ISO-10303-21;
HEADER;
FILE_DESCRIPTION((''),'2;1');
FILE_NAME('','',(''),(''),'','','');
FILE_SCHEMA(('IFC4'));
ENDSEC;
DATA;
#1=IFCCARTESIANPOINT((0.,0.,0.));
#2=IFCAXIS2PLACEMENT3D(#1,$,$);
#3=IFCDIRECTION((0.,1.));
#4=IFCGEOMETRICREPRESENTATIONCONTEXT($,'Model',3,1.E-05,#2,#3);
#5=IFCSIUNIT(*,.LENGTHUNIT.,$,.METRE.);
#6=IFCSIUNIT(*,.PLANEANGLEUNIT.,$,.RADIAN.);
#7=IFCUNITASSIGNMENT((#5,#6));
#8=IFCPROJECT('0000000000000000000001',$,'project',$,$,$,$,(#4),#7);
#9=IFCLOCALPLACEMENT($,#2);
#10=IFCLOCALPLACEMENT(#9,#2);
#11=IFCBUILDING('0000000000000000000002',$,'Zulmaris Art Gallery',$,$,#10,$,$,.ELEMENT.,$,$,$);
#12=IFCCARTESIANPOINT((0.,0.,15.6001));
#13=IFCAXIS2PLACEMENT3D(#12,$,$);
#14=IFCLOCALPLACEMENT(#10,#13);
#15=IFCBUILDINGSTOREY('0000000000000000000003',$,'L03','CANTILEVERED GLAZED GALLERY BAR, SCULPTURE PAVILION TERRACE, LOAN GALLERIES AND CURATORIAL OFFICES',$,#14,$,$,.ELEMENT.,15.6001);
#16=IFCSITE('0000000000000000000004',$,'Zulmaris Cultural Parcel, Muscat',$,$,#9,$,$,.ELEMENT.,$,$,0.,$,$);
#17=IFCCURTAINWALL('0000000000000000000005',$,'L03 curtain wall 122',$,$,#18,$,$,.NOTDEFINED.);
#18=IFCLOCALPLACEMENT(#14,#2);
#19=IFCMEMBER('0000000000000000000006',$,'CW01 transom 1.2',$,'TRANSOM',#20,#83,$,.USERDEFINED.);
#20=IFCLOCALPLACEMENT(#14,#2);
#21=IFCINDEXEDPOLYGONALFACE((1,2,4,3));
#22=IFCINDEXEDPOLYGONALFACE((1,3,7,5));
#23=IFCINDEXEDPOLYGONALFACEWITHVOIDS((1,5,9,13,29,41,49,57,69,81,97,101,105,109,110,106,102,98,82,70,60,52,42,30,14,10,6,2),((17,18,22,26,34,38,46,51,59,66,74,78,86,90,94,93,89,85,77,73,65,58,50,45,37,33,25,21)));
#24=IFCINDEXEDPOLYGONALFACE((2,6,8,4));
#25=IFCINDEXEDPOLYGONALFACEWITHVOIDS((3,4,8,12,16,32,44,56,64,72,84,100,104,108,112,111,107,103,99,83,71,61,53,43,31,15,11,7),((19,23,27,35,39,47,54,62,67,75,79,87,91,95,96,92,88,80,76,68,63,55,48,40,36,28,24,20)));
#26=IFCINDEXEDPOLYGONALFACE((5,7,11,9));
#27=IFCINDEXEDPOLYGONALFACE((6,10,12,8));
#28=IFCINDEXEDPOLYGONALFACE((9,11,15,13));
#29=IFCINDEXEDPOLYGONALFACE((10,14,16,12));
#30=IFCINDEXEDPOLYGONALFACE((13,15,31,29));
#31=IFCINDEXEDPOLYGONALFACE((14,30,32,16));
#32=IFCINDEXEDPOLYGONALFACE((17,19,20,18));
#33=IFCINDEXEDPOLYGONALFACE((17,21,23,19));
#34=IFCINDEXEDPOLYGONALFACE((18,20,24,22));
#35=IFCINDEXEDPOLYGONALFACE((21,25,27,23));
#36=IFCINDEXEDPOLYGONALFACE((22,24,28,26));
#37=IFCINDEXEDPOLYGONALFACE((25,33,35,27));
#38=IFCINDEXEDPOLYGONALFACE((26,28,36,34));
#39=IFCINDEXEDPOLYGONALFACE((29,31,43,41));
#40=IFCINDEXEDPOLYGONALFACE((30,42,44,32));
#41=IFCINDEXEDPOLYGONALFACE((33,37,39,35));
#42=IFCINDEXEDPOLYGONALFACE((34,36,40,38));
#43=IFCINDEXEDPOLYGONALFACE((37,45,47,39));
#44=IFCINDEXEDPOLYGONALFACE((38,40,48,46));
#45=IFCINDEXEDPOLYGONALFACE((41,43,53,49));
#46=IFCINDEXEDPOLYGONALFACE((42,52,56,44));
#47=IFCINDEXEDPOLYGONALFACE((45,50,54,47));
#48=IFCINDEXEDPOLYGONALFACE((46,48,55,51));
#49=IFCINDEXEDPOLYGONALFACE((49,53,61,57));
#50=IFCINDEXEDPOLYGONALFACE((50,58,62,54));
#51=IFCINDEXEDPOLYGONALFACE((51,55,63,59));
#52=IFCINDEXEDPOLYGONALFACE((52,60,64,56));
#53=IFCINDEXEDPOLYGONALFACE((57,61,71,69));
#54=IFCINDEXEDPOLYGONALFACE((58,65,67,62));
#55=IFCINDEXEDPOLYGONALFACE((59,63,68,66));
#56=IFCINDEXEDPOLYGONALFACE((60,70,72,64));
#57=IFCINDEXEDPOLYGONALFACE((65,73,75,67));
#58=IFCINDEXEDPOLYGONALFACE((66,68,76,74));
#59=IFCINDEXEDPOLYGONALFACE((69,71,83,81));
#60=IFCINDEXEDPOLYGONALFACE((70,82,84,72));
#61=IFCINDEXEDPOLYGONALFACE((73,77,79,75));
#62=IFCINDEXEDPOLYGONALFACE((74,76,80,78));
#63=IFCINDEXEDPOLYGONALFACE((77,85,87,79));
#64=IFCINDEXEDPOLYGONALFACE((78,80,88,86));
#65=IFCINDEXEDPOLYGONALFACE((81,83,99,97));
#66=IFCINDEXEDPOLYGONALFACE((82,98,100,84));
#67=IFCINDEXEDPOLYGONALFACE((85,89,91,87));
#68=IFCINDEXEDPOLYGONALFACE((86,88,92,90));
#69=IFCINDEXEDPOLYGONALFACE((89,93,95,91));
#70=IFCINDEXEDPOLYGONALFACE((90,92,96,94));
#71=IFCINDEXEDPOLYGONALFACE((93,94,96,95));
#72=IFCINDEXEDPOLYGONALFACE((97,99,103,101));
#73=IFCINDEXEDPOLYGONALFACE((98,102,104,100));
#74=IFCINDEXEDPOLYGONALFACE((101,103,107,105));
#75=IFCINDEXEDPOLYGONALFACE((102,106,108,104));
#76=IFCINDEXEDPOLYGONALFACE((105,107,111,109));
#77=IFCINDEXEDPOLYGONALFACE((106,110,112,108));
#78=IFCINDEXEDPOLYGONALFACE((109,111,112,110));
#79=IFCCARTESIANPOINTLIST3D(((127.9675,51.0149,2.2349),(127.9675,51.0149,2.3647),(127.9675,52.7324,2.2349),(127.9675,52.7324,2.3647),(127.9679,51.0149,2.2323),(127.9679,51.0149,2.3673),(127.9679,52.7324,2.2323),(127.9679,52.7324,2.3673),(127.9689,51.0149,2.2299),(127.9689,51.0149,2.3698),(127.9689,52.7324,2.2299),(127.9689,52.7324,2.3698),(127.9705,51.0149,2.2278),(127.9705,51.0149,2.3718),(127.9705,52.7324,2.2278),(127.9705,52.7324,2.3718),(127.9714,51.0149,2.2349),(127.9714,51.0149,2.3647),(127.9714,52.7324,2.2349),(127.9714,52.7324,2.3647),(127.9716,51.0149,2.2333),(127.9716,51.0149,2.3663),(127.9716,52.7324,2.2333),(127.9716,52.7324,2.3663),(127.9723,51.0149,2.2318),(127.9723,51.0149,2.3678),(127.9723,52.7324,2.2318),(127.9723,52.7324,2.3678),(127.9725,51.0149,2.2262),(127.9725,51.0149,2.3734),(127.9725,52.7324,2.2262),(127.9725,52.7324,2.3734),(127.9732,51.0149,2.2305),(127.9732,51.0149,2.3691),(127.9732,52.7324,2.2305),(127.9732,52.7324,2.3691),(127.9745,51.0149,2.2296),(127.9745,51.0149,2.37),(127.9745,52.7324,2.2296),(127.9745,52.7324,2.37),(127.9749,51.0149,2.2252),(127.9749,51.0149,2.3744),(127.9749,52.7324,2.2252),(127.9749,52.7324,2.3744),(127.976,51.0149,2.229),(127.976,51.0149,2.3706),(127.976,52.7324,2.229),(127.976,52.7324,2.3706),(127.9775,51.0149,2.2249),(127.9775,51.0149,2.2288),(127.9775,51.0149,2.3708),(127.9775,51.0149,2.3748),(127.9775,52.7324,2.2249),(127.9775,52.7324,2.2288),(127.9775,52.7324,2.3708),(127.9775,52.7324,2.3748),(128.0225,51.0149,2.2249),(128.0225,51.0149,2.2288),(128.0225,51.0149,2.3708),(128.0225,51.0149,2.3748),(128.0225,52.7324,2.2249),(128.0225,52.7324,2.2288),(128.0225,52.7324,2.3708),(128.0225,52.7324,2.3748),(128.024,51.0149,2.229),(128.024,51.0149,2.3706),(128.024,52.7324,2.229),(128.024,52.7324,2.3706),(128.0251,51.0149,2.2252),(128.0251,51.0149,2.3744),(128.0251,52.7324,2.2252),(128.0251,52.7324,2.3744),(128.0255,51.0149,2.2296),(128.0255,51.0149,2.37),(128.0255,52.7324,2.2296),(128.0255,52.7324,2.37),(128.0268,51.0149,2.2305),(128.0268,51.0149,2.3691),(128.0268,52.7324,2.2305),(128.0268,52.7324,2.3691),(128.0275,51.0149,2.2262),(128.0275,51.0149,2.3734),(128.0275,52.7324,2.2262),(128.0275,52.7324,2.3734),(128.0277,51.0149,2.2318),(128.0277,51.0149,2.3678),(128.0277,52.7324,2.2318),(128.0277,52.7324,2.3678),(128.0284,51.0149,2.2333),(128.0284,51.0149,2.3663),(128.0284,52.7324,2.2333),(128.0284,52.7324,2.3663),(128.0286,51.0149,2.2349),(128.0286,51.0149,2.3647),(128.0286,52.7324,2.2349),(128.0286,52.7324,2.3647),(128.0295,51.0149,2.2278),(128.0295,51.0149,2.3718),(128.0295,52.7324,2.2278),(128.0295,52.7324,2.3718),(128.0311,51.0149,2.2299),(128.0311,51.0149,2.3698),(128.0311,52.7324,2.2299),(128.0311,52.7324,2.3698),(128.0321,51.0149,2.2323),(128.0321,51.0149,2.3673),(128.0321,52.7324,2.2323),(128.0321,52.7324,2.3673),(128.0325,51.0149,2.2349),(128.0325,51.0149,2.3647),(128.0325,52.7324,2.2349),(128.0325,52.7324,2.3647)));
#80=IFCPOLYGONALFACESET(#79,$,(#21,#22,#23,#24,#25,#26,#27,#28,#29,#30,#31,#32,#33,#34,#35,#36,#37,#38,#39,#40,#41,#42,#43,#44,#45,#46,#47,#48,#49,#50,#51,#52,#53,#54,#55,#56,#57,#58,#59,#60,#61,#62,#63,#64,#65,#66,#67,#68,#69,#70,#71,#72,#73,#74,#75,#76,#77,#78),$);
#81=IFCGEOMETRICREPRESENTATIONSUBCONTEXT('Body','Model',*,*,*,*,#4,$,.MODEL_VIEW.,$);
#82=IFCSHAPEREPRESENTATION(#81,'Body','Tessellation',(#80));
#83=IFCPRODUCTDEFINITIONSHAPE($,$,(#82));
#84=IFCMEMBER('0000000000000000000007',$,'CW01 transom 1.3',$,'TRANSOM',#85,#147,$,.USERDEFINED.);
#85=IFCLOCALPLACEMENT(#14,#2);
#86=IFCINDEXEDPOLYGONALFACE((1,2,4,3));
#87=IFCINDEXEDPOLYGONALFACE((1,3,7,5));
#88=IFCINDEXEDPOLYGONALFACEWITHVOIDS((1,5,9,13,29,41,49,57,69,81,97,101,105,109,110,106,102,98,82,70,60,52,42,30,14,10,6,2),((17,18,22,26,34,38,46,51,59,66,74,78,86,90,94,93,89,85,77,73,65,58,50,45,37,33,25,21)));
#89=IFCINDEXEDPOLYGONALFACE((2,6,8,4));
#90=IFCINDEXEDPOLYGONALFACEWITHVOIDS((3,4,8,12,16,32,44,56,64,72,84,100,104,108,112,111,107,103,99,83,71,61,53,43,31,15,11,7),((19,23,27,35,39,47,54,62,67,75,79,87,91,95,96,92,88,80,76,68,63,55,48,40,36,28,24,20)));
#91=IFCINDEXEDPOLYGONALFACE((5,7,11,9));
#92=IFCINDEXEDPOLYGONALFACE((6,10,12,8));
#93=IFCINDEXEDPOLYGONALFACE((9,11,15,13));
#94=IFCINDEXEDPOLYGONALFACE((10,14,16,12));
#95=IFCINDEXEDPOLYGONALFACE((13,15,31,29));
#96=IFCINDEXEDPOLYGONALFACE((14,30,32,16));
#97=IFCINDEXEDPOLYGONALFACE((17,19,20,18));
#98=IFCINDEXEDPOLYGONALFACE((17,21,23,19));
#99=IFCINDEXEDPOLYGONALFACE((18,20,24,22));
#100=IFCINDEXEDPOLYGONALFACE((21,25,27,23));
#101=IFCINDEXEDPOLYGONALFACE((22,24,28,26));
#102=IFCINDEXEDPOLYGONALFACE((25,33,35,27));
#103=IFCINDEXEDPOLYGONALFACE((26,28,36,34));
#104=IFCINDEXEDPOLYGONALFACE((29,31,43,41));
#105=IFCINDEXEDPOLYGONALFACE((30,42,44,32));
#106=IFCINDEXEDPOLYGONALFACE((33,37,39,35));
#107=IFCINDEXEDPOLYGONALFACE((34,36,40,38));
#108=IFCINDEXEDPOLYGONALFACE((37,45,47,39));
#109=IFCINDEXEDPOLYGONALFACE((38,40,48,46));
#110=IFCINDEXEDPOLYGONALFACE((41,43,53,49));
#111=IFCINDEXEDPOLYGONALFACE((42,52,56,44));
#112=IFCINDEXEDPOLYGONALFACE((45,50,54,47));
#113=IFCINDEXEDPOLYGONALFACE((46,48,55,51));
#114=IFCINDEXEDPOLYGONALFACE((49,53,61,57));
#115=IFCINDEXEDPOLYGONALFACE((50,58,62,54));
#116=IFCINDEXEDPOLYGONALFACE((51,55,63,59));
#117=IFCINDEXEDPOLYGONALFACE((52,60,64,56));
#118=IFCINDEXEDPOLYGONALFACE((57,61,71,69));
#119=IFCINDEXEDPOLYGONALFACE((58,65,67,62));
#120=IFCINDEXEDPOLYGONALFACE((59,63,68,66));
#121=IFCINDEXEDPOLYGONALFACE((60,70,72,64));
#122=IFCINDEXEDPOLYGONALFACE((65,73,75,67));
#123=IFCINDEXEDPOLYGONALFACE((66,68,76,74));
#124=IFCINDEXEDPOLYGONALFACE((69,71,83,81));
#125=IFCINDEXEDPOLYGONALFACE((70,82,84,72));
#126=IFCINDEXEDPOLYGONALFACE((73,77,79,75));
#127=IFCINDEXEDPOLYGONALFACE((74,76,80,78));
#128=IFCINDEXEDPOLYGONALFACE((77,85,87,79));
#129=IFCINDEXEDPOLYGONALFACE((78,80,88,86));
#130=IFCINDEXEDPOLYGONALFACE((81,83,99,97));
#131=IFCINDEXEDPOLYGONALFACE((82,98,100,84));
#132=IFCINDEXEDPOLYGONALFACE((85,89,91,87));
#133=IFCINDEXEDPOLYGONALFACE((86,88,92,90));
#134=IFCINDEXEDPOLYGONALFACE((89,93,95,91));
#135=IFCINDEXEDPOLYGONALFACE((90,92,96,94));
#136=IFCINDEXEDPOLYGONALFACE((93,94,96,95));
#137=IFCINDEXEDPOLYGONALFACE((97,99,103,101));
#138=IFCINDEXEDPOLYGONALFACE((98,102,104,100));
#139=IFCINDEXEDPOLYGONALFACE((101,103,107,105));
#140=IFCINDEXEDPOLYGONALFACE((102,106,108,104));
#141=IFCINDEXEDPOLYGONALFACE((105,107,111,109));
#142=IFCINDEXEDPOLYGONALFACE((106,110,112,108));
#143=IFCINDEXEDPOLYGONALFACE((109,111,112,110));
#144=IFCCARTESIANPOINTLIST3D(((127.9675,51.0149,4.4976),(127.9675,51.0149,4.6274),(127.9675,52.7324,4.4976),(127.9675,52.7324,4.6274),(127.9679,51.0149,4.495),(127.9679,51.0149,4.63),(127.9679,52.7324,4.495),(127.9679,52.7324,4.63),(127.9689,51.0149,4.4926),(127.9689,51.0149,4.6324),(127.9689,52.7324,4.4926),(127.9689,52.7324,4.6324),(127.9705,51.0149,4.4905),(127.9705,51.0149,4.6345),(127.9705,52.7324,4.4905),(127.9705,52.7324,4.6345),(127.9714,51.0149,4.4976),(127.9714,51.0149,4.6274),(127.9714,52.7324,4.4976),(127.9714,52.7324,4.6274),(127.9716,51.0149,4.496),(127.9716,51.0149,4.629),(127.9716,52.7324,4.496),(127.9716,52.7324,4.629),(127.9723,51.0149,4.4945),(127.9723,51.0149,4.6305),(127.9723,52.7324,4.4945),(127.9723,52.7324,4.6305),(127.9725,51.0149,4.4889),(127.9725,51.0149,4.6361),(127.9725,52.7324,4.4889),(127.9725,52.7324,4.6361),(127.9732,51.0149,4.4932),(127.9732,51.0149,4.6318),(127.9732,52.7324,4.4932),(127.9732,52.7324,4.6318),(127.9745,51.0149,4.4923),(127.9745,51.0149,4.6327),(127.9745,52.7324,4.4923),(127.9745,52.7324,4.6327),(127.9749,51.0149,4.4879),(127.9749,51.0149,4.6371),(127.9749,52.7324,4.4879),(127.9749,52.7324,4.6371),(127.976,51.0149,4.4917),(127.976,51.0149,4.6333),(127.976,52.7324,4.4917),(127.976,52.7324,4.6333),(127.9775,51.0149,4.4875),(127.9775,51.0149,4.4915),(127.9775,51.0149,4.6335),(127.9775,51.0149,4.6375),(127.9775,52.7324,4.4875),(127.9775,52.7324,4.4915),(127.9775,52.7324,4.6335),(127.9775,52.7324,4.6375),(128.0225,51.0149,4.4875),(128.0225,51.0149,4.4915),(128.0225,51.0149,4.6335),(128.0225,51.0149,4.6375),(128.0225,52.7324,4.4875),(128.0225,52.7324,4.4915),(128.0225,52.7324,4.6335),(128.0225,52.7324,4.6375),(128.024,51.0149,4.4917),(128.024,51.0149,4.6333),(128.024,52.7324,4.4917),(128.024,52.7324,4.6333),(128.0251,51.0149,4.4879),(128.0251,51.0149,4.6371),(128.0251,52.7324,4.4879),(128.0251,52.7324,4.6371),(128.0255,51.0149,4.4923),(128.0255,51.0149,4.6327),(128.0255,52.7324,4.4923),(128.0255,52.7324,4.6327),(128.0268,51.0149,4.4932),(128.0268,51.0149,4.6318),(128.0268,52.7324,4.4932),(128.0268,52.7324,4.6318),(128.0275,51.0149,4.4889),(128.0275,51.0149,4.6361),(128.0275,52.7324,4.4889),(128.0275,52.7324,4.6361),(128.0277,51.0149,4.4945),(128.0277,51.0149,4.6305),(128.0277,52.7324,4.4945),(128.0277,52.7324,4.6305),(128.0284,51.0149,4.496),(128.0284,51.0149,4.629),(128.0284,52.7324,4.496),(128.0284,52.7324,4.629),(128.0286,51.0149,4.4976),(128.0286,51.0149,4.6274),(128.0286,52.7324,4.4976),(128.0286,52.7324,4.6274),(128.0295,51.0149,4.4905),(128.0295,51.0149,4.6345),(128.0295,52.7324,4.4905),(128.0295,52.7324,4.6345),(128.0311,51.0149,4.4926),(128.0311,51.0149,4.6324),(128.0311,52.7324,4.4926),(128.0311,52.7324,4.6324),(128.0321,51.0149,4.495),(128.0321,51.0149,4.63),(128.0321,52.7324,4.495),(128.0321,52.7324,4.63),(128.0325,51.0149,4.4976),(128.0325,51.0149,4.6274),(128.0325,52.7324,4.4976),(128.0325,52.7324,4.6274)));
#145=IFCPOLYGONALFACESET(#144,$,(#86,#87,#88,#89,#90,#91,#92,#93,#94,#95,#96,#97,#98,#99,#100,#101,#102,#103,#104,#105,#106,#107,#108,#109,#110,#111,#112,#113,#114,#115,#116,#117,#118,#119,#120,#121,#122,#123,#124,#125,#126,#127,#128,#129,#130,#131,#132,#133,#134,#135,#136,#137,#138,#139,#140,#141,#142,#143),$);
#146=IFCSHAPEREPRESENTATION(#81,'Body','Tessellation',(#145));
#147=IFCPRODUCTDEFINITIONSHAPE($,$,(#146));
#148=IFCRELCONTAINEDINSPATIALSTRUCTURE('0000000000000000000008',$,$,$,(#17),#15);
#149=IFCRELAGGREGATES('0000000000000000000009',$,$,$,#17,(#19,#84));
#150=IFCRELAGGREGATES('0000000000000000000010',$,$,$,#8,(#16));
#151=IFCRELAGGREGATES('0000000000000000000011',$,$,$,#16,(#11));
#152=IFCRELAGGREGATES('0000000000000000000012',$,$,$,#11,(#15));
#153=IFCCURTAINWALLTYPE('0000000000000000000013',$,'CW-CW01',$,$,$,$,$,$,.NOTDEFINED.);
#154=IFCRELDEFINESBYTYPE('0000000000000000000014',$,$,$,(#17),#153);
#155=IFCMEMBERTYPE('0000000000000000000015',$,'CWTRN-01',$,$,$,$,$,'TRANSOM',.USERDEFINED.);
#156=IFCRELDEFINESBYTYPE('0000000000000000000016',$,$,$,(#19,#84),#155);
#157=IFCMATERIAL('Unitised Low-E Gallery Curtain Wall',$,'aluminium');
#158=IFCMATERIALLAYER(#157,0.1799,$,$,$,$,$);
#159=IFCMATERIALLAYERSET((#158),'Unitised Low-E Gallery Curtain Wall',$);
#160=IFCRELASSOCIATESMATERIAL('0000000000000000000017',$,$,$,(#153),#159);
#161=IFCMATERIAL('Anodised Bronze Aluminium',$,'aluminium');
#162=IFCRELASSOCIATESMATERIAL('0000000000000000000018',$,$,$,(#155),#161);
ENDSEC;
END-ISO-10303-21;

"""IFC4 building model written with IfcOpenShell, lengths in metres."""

from ifc_helpers import new_model, si_unit, direction, frame, origin, origin_2d, place, context, subcontext, project, spatial, hollow_rectangle, extrude, material, layer, layer_set, material_profile, profile_set, type_object, element, aggregate, save


model = new_model("IFC4")

# Units and contexts
model_context = context("Model", 3, precision=1e-05, world=origin(), true_north=direction((0.0, 1.0)))
body_context = subcontext(model_context, "Body", "Model", "MODEL_VIEW")
ifc_project = project(units=[si_unit("LENGTHUNIT", "METRE"), si_unit("PLANEANGLEUNIT", "RADIAN")], contexts=[model_context])

# Site, building, storey
site_placement = place(None, origin())
site = spatial("IfcSite", under=ifc_project, at=site_placement, Name="Zulmaris Cultural Parcel, Muscat", CompositionType="ELEMENT", RefElevation=0.0)
building_placement = place(site_placement, origin())
building = spatial("IfcBuilding", under=site, at=building_placement, Name="Zulmaris Art Gallery", CompositionType="ELEMENT")
storey_placement = place(building_placement, frame((0.0, 0.0, 15.6001)))
storey = spatial("IfcBuildingStorey", under=building, at=storey_placement, Name="L03", Description="CANTILEVERED GLAZED GALLERY BAR, SCULPTURE PAVILION TERRACE, LOAN GALLERIES AND CURATORIAL OFFICES", CompositionType="ELEMENT", Elevation=15.6001)

# Curtain wall, members
ifc_material_1 = material(Name="Unitised Low-E Gallery Curtain Wall", Category="aluminium")
ifc_layer_1 = layer(ifc_material_1, 0.1799)
ifc_layer_set_1 = layer_set([ifc_layer_1], Name="Unitised Low-E Gallery Curtain Wall")
curtain_wall_type = type_object("IfcCurtainWallType", Name="CW-CW01", PredefinedType="NOTDEFINED", material=ifc_layer_set_1)
curtain_wall_placement = place(storey_placement, origin())
curtain_wall = element("IfcCurtainWall", 1, at=curtain_wall_placement, inside=storey, type_object=curtain_wall_type, Name="L03 curtain wall 122", PredefinedType="NOTDEFINED")
ifc_material_2 = material(Name="Anodised Bronze Aluminium", Category="aluminium")
ifc_material_profile_1 = material_profile(ifc_material_2, hollow_rectangle(XDim=0.0649, YDim=0.1499, WallThickness=0.0039, InnerFilletRadius=0.0061, OuterFilletRadius=0.01, at=origin_2d()), Name="ALU 65x150x4")
ifc_profile_set_1 = profile_set([ifc_material_profile_1], Name="Anodised Bronze Aluminium")
member_type_1 = type_object("IfcMemberType", Name="CWTRN-01", ElementType="TRANSOM", PredefinedType="USERDEFINED", material=ifc_profile_set_1)
member_1_placement = place(storey_placement, frame((128.0, 51.0149, 2.2998), z_axis=(0.0, 1.0, 0.0), x_axis=(-1.0, 0.0, 0.0)))
member_1 = element("IfcMember", 2, at=member_1_placement, type_object=member_type_1, Name="CW01 transom 1.2", ObjectType="TRANSOM", PredefinedType="USERDEFINED", context=body_context, shape_type="SweptSolid", body=[
    extrude(hollow_rectangle(XDim=0.0649, YDim=0.1499, WallThickness=0.0039, InnerFilletRadius=0.0061, OuterFilletRadius=0.01, at=origin_2d()), origin(), (0.0, 0.0, 1.0), 1.7175),
])
member_2_placement = place(storey_placement, frame((128.0, 51.0149, 4.5625), z_axis=(0.0, 1.0, 0.0), x_axis=(-1.0, 0.0, 0.0)))
member_2 = element("IfcMember", 3, at=member_2_placement, type_object=member_type_1, Name="CW01 transom 1.3", ObjectType="TRANSOM", PredefinedType="USERDEFINED", context=body_context, shape_type="SweptSolid", body=[
    extrude(hollow_rectangle(XDim=0.0649, YDim=0.1499, WallThickness=0.0039, InnerFilletRadius=0.0061, OuterFilletRadius=0.01, at=origin_2d()), origin(), (0.0, 0.0, 1.0), 1.7175),
])
aggregate(curtain_wall, [member_1, member_2])

save(model, "model.ifc")
